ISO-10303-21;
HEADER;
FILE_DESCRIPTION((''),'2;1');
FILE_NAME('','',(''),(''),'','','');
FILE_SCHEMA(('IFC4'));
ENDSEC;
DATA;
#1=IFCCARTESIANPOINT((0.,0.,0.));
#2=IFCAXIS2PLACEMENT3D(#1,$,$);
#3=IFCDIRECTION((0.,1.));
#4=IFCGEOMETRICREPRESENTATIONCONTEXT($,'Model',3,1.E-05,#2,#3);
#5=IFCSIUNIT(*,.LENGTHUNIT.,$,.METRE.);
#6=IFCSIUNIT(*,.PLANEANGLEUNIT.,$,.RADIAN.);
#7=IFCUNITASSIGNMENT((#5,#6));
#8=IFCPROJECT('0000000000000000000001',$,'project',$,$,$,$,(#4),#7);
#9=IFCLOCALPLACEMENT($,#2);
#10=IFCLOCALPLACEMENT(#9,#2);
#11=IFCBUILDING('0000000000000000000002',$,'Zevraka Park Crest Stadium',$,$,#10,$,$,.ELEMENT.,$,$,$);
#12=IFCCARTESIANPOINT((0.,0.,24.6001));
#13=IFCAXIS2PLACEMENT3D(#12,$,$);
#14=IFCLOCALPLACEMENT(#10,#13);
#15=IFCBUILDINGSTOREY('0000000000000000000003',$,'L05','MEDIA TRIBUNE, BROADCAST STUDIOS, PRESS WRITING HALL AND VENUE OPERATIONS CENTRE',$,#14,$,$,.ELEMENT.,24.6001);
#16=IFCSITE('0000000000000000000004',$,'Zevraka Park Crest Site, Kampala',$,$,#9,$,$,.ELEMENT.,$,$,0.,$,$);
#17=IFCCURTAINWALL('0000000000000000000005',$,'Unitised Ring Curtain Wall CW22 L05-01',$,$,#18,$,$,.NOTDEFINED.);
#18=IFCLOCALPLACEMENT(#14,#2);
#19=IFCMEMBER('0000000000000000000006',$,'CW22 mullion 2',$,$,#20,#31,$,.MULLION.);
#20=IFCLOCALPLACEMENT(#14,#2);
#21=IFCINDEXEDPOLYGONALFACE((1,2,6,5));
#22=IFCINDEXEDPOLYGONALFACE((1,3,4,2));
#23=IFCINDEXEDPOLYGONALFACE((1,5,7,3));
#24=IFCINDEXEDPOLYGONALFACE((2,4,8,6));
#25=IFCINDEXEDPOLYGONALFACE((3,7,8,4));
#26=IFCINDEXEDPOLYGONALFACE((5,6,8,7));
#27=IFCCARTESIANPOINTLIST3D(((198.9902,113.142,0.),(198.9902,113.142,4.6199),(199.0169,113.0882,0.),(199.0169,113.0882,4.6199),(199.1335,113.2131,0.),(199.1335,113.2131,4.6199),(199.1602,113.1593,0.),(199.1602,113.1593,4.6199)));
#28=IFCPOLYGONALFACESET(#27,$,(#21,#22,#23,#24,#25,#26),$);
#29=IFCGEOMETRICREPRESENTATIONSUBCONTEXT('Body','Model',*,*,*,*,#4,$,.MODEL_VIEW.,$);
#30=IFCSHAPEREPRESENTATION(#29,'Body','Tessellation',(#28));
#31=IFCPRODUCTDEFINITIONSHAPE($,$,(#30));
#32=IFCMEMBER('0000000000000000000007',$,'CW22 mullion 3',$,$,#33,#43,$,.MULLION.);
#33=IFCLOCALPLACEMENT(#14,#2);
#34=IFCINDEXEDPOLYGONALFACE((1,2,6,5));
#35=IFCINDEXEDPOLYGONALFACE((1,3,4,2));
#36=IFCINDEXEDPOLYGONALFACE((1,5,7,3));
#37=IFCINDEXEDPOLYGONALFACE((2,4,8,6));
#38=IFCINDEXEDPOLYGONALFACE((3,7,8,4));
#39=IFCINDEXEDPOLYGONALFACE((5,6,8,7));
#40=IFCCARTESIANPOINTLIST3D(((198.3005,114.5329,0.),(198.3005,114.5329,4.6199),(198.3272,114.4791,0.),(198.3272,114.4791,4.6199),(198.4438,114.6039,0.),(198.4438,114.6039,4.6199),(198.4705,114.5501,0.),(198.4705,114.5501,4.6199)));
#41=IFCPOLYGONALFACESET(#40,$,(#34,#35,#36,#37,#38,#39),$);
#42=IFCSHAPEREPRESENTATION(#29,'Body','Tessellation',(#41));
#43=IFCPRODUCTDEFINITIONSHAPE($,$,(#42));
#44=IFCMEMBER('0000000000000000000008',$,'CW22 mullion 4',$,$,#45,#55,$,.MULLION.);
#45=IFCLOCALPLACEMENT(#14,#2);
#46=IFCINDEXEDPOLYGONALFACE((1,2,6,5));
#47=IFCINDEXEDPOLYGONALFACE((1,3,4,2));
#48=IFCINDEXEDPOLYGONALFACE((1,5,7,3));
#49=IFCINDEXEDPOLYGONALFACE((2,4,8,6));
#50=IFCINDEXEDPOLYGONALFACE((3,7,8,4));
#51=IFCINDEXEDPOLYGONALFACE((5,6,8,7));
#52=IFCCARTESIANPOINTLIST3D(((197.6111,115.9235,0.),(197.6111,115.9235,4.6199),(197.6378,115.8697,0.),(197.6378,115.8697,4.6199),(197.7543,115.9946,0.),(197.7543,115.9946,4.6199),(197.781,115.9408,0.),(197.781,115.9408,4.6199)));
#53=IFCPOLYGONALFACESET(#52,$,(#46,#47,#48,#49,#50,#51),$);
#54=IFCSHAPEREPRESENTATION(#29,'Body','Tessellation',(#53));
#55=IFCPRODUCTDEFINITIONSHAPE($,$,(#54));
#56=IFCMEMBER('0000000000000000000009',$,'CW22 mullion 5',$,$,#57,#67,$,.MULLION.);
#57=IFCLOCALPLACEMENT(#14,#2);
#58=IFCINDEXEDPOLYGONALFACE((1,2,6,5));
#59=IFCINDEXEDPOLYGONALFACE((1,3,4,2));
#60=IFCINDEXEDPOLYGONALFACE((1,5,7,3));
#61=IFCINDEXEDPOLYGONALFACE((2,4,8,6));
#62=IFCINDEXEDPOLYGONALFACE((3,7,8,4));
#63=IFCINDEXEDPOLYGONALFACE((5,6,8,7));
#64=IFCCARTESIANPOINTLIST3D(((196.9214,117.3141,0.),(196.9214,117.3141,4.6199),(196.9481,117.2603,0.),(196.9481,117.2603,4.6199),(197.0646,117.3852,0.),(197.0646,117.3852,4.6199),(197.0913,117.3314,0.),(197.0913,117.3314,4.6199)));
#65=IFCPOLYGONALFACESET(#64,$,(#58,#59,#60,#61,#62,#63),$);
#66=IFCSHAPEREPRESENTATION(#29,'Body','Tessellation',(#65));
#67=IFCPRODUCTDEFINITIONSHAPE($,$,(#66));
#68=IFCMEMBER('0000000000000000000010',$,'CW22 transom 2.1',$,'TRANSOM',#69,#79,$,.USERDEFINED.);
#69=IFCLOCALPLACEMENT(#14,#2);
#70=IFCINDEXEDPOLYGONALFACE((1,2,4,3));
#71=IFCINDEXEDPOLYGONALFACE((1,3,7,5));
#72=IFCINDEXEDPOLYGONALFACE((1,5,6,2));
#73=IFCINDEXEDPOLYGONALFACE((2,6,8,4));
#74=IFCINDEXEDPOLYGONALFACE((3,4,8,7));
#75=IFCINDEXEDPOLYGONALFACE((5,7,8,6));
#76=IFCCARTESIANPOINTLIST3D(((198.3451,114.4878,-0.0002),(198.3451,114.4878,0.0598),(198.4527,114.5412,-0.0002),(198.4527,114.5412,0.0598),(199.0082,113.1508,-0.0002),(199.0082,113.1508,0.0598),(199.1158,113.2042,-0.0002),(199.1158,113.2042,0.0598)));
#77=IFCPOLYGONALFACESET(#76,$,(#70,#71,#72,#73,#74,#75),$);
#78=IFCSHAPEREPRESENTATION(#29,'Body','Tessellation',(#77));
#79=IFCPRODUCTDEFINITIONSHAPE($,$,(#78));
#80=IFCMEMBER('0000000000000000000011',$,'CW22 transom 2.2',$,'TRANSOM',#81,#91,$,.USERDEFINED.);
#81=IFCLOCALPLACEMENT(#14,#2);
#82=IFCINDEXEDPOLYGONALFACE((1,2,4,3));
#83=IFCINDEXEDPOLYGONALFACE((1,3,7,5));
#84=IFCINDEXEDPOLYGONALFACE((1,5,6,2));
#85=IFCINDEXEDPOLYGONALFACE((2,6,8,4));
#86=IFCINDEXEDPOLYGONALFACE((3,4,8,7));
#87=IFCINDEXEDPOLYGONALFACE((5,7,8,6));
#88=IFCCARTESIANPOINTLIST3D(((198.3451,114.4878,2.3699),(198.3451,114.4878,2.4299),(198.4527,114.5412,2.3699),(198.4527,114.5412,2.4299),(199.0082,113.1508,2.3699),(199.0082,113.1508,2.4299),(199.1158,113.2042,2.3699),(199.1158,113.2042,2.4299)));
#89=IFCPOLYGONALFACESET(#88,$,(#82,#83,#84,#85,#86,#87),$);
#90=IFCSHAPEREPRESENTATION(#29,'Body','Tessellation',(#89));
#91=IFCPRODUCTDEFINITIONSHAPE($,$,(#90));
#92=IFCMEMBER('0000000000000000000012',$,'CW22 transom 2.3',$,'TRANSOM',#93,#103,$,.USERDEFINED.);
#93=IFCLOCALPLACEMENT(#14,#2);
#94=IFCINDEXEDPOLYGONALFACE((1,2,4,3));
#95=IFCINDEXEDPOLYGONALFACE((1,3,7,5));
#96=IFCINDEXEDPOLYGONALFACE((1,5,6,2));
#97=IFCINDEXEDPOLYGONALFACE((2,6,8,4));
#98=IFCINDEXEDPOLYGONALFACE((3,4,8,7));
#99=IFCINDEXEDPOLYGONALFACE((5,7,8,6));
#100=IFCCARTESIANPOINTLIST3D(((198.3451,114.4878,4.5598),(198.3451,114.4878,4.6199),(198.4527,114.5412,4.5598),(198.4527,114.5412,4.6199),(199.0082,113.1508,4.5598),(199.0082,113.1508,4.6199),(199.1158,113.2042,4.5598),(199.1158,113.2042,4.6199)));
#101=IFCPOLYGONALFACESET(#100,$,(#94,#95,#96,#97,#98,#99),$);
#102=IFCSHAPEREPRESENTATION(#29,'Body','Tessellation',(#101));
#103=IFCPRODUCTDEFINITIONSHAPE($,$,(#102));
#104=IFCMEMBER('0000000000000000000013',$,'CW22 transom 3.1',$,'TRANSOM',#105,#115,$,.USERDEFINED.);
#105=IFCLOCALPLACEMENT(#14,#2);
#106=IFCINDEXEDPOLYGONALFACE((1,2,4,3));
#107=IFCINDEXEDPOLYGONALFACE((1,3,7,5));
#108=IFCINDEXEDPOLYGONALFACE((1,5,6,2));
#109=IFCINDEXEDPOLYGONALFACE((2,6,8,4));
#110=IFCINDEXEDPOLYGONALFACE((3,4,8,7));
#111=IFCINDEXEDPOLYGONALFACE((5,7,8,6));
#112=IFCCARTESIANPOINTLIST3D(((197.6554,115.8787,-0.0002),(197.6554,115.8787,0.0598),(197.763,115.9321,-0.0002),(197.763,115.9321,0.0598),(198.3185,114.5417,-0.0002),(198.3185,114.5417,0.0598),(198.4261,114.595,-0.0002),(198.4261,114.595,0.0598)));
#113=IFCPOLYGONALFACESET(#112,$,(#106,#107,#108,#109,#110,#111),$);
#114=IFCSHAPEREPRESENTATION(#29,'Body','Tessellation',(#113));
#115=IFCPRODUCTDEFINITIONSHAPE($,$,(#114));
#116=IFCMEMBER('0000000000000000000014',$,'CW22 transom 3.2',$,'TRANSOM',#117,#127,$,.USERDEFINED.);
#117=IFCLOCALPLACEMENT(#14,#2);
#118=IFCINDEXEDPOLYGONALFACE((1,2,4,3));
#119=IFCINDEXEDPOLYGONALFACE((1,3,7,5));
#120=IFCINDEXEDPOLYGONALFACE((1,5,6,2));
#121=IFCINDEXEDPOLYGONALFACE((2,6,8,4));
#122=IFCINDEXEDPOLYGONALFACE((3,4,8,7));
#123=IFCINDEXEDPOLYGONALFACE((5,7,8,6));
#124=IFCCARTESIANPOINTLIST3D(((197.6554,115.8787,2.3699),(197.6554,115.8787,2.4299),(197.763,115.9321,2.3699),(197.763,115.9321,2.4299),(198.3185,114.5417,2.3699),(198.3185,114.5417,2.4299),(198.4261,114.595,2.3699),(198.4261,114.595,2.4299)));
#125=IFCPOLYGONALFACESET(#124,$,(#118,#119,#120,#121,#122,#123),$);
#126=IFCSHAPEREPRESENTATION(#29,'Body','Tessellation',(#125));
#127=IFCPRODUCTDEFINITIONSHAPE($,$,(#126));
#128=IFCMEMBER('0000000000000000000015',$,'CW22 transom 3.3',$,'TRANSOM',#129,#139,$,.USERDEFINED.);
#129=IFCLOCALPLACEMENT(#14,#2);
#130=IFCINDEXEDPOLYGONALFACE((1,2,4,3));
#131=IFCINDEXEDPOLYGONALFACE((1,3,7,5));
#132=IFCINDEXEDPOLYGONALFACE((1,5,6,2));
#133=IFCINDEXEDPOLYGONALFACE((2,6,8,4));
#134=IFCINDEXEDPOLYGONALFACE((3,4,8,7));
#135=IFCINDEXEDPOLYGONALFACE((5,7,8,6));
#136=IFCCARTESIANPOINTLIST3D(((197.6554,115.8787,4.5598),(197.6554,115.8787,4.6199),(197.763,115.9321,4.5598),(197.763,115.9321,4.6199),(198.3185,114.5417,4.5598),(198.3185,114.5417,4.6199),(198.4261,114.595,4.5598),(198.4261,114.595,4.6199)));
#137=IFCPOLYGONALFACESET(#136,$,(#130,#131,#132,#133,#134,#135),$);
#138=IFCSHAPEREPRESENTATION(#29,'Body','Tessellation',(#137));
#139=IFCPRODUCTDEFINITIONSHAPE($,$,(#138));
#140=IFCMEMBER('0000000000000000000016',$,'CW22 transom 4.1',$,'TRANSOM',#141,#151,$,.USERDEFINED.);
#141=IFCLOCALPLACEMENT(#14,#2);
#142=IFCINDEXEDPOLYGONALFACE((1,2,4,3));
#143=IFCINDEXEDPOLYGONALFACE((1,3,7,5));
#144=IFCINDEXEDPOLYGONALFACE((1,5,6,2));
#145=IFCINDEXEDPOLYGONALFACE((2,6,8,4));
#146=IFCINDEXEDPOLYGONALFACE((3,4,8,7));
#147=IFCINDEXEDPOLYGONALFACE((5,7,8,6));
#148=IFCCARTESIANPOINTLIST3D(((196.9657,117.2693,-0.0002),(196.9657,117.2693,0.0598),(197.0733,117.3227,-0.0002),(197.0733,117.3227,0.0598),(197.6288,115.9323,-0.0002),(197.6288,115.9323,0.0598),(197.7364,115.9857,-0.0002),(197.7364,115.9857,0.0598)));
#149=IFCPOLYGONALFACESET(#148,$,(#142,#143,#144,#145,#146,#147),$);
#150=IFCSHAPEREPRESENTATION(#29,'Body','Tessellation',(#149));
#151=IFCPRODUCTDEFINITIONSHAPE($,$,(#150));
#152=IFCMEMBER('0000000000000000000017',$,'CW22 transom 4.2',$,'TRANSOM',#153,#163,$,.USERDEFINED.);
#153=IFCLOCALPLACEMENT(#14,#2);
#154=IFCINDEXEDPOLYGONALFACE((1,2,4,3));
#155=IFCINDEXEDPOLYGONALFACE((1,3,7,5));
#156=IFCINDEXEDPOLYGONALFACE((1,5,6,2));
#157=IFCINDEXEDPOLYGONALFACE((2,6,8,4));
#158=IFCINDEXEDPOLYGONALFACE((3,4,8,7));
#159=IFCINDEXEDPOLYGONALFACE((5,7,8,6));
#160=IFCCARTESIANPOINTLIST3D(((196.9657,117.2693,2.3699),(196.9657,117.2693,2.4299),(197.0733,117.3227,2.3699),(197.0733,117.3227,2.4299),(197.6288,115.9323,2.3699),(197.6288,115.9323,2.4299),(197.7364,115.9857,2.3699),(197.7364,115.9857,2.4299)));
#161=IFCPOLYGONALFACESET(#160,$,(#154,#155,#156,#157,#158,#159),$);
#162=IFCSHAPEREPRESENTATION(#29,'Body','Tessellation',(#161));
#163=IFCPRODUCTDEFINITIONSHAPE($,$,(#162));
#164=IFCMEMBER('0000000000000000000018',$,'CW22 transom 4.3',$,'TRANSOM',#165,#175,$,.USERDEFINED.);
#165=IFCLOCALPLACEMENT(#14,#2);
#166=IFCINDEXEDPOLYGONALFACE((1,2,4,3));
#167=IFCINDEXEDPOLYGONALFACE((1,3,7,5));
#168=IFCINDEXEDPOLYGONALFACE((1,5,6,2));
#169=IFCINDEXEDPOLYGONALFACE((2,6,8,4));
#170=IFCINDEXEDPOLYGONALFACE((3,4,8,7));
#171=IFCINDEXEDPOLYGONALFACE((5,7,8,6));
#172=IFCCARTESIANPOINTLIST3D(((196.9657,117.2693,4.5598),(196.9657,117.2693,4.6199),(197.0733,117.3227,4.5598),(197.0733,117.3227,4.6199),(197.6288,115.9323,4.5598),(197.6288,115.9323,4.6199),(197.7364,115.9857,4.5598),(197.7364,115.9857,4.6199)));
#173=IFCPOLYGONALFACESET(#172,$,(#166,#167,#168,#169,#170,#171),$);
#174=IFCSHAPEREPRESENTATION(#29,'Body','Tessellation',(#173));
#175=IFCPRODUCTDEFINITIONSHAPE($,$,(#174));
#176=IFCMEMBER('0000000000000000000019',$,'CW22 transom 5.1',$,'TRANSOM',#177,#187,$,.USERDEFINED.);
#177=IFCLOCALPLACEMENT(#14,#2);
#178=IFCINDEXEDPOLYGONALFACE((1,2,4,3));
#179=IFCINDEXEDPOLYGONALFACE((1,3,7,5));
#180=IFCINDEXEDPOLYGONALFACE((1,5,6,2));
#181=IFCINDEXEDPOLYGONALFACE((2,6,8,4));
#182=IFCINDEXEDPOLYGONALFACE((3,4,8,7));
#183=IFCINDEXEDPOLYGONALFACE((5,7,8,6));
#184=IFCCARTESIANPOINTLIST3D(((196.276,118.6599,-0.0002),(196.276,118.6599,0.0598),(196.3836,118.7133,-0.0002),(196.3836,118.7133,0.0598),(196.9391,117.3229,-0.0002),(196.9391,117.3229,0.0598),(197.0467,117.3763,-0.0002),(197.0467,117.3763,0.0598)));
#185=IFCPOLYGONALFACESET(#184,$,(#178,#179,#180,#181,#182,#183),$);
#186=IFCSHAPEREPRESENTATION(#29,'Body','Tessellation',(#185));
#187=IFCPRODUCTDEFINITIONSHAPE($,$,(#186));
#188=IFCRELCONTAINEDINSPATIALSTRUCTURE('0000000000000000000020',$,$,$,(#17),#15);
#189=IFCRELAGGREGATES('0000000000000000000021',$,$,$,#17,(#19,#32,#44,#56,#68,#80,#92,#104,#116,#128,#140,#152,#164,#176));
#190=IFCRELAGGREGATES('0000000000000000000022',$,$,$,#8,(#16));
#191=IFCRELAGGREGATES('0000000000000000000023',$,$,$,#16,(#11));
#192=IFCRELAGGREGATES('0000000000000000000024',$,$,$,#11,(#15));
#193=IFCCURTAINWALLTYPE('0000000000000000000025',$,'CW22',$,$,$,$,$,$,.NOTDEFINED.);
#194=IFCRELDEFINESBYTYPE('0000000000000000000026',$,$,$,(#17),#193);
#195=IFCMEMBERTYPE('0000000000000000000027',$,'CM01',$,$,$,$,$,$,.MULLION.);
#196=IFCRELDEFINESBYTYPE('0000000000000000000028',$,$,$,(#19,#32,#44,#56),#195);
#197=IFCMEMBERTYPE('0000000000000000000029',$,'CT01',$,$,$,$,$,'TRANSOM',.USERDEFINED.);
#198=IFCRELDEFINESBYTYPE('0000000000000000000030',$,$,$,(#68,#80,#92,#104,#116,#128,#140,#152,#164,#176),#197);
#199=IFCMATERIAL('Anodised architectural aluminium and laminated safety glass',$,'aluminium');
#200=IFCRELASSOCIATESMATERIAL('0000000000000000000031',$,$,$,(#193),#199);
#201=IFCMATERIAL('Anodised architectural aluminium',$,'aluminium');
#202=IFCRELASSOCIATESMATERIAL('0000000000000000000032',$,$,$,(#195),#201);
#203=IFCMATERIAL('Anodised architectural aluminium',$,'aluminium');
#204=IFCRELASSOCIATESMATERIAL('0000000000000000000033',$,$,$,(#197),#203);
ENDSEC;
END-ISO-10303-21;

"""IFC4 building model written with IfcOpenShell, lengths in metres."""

from ifc_helpers import new_model, si_unit, direction, frame, origin, origin_2d, place, context, subcontext, project, spatial, rectangle, extrude, material, material_profile, profile_set, type_object, element, aggregate, save


model = new_model("IFC4")

# Units and contexts
model_context = context("Model", 3, precision=1e-05, world=origin(), true_north=direction((0.0, 1.0)))
body_context = subcontext(model_context, "Body", "Model", "MODEL_VIEW")
ifc_project = project(units=[si_unit("LENGTHUNIT", "METRE"), si_unit("PLANEANGLEUNIT", "RADIAN")], contexts=[model_context])

# Site, building, storey
site_placement = place(None, origin())
site = spatial("IfcSite", under=ifc_project, at=site_placement, Name="Zevraka Park Crest Site, Kampala", CompositionType="ELEMENT", RefElevation=0.0)
building_placement = place(site_placement, origin())
building = spatial("IfcBuilding", under=site, at=building_placement, Name="Zevraka Park Crest Stadium", CompositionType="ELEMENT")
storey_placement = place(building_placement, frame((0.0, 0.0, 24.6001)))
storey = spatial("IfcBuildingStorey", under=building, at=storey_placement, Name="L05", Description="MEDIA TRIBUNE, BROADCAST STUDIOS, PRESS WRITING HALL AND VENUE OPERATIONS CENTRE", CompositionType="ELEMENT", Elevation=24.6001)

# Curtain wall, members
ifc_material_1 = material(Name="Anodised architectural aluminium and laminated safety glass", Category="aluminium")
curtain_wall_type = type_object("IfcCurtainWallType", Name="CW22", PredefinedType="NOTDEFINED", material=ifc_material_1)
curtain_wall_placement = place(storey_placement, origin())
curtain_wall = element("IfcCurtainWall", 1, at=curtain_wall_placement, inside=storey, type_object=curtain_wall_type, Name="Unitised Ring Curtain Wall CW22 L05-01", PredefinedType="NOTDEFINED")
ifc_material_2 = material(Name="Anodised architectural aluminium", Category="aluminium")
ifc_material_profile_1 = material_profile(ifc_material_2, rectangle(XDim=0.1599, YDim=0.0601, at=origin_2d()), Name="ALU MULLION 160x60")
ifc_profile_set_1 = profile_set([ifc_material_profile_1], Name="Anodised architectural aluminium")
member_type_1 = type_object("IfcMemberType", Name="CM01", PredefinedType="MULLION", material=ifc_profile_set_1)
member_1_placement = place(storey_placement, frame((199.0752, 113.1506, 0.0), z_axis=(0.0, 0.0, 1.0), x_axis=(-0.895879, -0.444297, 0.0)))
member_1 = element("IfcMember", 2, at=member_1_placement, type_object=member_type_1, Name="CW22 mullion 2", PredefinedType="MULLION", context=body_context, shape_type="SweptSolid", body=[
    extrude(rectangle(XDim=0.1599, YDim=0.0601, at=origin_2d()), origin(), (0.0, 0.0, 1.0), 4.6199),
])
member_2_placement = place(storey_placement, frame((198.3855, 114.5415, 0.0), z_axis=(0.0, 0.0, 1.0), x_axis=(-0.895879, -0.444297, 0.0)))
member_2 = element("IfcMember", 3, at=member_2_placement, type_object=member_type_1, Name="CW22 mullion 3", PredefinedType="MULLION", context=body_context, shape_type="SweptSolid", body=[
    extrude(rectangle(XDim=0.1599, YDim=0.0601, at=origin_2d()), origin(), (0.0, 0.0, 1.0), 4.6199),
])
member_3_placement = place(storey_placement, frame((197.696, 115.9321, 0.0), z_axis=(0.0, 0.0, 1.0), x_axis=(-0.895879, -0.444297, 0.0)))
member_3 = element("IfcMember", 4, at=member_3_placement, type_object=member_type_1, Name="CW22 mullion 4", PredefinedType="MULLION", context=body_context, shape_type="SweptSolid", body=[
    extrude(rectangle(XDim=0.1599, YDim=0.0601, at=origin_2d()), origin(), (0.0, 0.0, 1.0), 4.6199),
])
member_4_placement = place(storey_placement, frame((197.0063, 117.3228, 0.0), z_axis=(0.0, 0.0, 1.0), x_axis=(-0.895879, -0.444297, 0.0)))
member_4 = element("IfcMember", 5, at=member_4_placement, type_object=member_type_1, Name="CW22 mullion 5", PredefinedType="MULLION", context=body_context, shape_type="SweptSolid", body=[
    extrude(rectangle(XDim=0.1599, YDim=0.0601, at=origin_2d()), origin(), (0.0, 0.0, 1.0), 4.6199),
])
ifc_material_3 = material(Name="Anodised architectural aluminium", Category="aluminium")
ifc_material_profile_2 = material_profile(ifc_material_3, rectangle(XDim=0.1201, YDim=0.0601, at=origin_2d()), Name="ALU TRANSOM 120x60")
ifc_profile_set_2 = profile_set([ifc_material_profile_2], Name="Anodised architectural aluminium")
member_type_2 = type_object("IfcMemberType", Name="CT01", ElementType="TRANSOM", PredefinedType="USERDEFINED", material=ifc_profile_set_2)
member_5_placement = place(storey_placement, frame((199.062, 113.1775, 0.0298), z_axis=(-0.444332, 0.895862, 0.0), x_axis=(-0.895862, -0.444332, 0.0)))
member_5 = element("IfcMember", 6, at=member_5_placement, type_object=member_type_2, Name="CW22 transom 2.1", ObjectType="TRANSOM", PredefinedType="USERDEFINED", context=body_context, shape_type="SweptSolid", body=[
    extrude(rectangle(XDim=0.1201, YDim=0.0601, at=origin_2d()), origin(), (0.0, 0.0, 1.0), 1.4924),
])
member_6_placement = place(storey_placement, frame((199.062, 113.1775, 2.3999), z_axis=(-0.444332, 0.895862, 0.0), x_axis=(-0.895862, -0.444332, 0.0)))
member_6 = element("IfcMember", 7, at=member_6_placement, type_object=member_type_2, Name="CW22 transom 2.2", ObjectType="TRANSOM", PredefinedType="USERDEFINED", context=body_context, shape_type="SweptSolid", body=[
    extrude(rectangle(XDim=0.1201, YDim=0.0601, at=origin_2d()), origin(), (0.0, 0.0, 1.0), 1.4924),
])
member_7_placement = place(storey_placement, frame((199.062, 113.1775, 4.5898), z_axis=(-0.444332, 0.895862, 0.0), x_axis=(-0.895862, -0.444332, 0.0)))
member_7 = element("IfcMember", 8, at=member_7_placement, type_object=member_type_2, Name="CW22 transom 2.3", ObjectType="TRANSOM", PredefinedType="USERDEFINED", context=body_context, shape_type="SweptSolid", body=[
    extrude(rectangle(XDim=0.1201, YDim=0.0601, at=origin_2d()), origin(), (0.0, 0.0, 1.0), 1.4924),
])
member_8_placement = place(storey_placement, frame((198.3723, 114.5684, 0.0298), z_axis=(-0.444332, 0.895862, 0.0), x_axis=(-0.895862, -0.444332, 0.0)))
member_8 = element("IfcMember", 9, at=member_8_placement, type_object=member_type_2, Name="CW22 transom 3.1", ObjectType="TRANSOM", PredefinedType="USERDEFINED", context=body_context, shape_type="SweptSolid", body=[
    extrude(rectangle(XDim=0.1201, YDim=0.0601, at=origin_2d()), origin(), (0.0, 0.0, 1.0), 1.4924),
])
member_9_placement = place(storey_placement, frame((198.3723, 114.5684, 2.3999), z_axis=(-0.444332, 0.895862, 0.0), x_axis=(-0.895862, -0.444332, 0.0)))
member_9 = element("IfcMember", 10, at=member_9_placement, type_object=member_type_2, Name="CW22 transom 3.2", ObjectType="TRANSOM", PredefinedType="USERDEFINED", context=body_context, shape_type="SweptSolid", body=[
    extrude(rectangle(XDim=0.1201, YDim=0.0601, at=origin_2d()), origin(), (0.0, 0.0, 1.0), 1.4924),
])
member_10_placement = place(storey_placement, frame((198.3723, 114.5684, 4.5898), z_axis=(-0.444332, 0.895862, 0.0), x_axis=(-0.895862, -0.444332, 0.0)))
member_10 = element("IfcMember", 11, at=member_10_placement, type_object=member_type_2, Name="CW22 transom 3.3", ObjectType="TRANSOM", PredefinedType="USERDEFINED", context=body_context, shape_type="SweptSolid", body=[
    extrude(rectangle(XDim=0.1201, YDim=0.0601, at=origin_2d()), origin(), (0.0, 0.0, 1.0), 1.4924),
])
member_11_placement = place(storey_placement, frame((197.6826, 115.959, 0.0298), z_axis=(-0.444332, 0.895862, 0.0), x_axis=(-0.895862, -0.444332, 0.0)))
member_11 = element("IfcMember", 12, at=member_11_placement, type_object=member_type_2, Name="CW22 transom 4.1", ObjectType="TRANSOM", PredefinedType="USERDEFINED", context=body_context, shape_type="SweptSolid", body=[
    extrude(rectangle(XDim=0.1201, YDim=0.0601, at=origin_2d()), origin(), (0.0, 0.0, 1.0), 1.4924),
])
member_12_placement = place(storey_placement, frame((197.6826, 115.959, 2.3999), z_axis=(-0.444332, 0.895862, 0.0), x_axis=(-0.895862, -0.444332, 0.0)))
member_12 = element("IfcMember", 13, at=member_12_placement, type_object=member_type_2, Name="CW22 transom 4.2", ObjectType="TRANSOM", PredefinedType="USERDEFINED", context=body_context, shape_type="SweptSolid", body=[
    extrude(rectangle(XDim=0.1201, YDim=0.0601, at=origin_2d()), origin(), (0.0, 0.0, 1.0), 1.4924),
])
member_13_placement = place(storey_placement, frame((197.6826, 115.959, 4.5898), z_axis=(-0.444332, 0.895862, 0.0), x_axis=(-0.895862, -0.444332, 0.0)))
member_13 = element("IfcMember", 14, at=member_13_placement, type_object=member_type_2, Name="CW22 transom 4.3", ObjectType="TRANSOM", PredefinedType="USERDEFINED", context=body_context, shape_type="SweptSolid", body=[
    extrude(rectangle(XDim=0.1201, YDim=0.0601, at=origin_2d()), origin(), (0.0, 0.0, 1.0), 1.4924),
])
member_14_placement = place(storey_placement, frame((196.9929, 117.3496, 0.0298), z_axis=(-0.444332, 0.895862, 0.0), x_axis=(-0.895862, -0.444332, 0.0)))
member_14 = element("IfcMember", 15, at=member_14_placement, type_object=member_type_2, Name="CW22 transom 5.1", ObjectType="TRANSOM", PredefinedType="USERDEFINED", context=body_context, shape_type="SweptSolid", body=[
    extrude(rectangle(XDim=0.1201, YDim=0.0601, at=origin_2d()), origin(), (0.0, 0.0, 1.0), 1.4924),
])
aggregate(curtain_wall, [member_1, member_2, member_3, member_4, member_5, member_6, member_7, member_8, member_9, member_10, member_11, member_12, member_13, member_14])

save(model, "model.ifc")
